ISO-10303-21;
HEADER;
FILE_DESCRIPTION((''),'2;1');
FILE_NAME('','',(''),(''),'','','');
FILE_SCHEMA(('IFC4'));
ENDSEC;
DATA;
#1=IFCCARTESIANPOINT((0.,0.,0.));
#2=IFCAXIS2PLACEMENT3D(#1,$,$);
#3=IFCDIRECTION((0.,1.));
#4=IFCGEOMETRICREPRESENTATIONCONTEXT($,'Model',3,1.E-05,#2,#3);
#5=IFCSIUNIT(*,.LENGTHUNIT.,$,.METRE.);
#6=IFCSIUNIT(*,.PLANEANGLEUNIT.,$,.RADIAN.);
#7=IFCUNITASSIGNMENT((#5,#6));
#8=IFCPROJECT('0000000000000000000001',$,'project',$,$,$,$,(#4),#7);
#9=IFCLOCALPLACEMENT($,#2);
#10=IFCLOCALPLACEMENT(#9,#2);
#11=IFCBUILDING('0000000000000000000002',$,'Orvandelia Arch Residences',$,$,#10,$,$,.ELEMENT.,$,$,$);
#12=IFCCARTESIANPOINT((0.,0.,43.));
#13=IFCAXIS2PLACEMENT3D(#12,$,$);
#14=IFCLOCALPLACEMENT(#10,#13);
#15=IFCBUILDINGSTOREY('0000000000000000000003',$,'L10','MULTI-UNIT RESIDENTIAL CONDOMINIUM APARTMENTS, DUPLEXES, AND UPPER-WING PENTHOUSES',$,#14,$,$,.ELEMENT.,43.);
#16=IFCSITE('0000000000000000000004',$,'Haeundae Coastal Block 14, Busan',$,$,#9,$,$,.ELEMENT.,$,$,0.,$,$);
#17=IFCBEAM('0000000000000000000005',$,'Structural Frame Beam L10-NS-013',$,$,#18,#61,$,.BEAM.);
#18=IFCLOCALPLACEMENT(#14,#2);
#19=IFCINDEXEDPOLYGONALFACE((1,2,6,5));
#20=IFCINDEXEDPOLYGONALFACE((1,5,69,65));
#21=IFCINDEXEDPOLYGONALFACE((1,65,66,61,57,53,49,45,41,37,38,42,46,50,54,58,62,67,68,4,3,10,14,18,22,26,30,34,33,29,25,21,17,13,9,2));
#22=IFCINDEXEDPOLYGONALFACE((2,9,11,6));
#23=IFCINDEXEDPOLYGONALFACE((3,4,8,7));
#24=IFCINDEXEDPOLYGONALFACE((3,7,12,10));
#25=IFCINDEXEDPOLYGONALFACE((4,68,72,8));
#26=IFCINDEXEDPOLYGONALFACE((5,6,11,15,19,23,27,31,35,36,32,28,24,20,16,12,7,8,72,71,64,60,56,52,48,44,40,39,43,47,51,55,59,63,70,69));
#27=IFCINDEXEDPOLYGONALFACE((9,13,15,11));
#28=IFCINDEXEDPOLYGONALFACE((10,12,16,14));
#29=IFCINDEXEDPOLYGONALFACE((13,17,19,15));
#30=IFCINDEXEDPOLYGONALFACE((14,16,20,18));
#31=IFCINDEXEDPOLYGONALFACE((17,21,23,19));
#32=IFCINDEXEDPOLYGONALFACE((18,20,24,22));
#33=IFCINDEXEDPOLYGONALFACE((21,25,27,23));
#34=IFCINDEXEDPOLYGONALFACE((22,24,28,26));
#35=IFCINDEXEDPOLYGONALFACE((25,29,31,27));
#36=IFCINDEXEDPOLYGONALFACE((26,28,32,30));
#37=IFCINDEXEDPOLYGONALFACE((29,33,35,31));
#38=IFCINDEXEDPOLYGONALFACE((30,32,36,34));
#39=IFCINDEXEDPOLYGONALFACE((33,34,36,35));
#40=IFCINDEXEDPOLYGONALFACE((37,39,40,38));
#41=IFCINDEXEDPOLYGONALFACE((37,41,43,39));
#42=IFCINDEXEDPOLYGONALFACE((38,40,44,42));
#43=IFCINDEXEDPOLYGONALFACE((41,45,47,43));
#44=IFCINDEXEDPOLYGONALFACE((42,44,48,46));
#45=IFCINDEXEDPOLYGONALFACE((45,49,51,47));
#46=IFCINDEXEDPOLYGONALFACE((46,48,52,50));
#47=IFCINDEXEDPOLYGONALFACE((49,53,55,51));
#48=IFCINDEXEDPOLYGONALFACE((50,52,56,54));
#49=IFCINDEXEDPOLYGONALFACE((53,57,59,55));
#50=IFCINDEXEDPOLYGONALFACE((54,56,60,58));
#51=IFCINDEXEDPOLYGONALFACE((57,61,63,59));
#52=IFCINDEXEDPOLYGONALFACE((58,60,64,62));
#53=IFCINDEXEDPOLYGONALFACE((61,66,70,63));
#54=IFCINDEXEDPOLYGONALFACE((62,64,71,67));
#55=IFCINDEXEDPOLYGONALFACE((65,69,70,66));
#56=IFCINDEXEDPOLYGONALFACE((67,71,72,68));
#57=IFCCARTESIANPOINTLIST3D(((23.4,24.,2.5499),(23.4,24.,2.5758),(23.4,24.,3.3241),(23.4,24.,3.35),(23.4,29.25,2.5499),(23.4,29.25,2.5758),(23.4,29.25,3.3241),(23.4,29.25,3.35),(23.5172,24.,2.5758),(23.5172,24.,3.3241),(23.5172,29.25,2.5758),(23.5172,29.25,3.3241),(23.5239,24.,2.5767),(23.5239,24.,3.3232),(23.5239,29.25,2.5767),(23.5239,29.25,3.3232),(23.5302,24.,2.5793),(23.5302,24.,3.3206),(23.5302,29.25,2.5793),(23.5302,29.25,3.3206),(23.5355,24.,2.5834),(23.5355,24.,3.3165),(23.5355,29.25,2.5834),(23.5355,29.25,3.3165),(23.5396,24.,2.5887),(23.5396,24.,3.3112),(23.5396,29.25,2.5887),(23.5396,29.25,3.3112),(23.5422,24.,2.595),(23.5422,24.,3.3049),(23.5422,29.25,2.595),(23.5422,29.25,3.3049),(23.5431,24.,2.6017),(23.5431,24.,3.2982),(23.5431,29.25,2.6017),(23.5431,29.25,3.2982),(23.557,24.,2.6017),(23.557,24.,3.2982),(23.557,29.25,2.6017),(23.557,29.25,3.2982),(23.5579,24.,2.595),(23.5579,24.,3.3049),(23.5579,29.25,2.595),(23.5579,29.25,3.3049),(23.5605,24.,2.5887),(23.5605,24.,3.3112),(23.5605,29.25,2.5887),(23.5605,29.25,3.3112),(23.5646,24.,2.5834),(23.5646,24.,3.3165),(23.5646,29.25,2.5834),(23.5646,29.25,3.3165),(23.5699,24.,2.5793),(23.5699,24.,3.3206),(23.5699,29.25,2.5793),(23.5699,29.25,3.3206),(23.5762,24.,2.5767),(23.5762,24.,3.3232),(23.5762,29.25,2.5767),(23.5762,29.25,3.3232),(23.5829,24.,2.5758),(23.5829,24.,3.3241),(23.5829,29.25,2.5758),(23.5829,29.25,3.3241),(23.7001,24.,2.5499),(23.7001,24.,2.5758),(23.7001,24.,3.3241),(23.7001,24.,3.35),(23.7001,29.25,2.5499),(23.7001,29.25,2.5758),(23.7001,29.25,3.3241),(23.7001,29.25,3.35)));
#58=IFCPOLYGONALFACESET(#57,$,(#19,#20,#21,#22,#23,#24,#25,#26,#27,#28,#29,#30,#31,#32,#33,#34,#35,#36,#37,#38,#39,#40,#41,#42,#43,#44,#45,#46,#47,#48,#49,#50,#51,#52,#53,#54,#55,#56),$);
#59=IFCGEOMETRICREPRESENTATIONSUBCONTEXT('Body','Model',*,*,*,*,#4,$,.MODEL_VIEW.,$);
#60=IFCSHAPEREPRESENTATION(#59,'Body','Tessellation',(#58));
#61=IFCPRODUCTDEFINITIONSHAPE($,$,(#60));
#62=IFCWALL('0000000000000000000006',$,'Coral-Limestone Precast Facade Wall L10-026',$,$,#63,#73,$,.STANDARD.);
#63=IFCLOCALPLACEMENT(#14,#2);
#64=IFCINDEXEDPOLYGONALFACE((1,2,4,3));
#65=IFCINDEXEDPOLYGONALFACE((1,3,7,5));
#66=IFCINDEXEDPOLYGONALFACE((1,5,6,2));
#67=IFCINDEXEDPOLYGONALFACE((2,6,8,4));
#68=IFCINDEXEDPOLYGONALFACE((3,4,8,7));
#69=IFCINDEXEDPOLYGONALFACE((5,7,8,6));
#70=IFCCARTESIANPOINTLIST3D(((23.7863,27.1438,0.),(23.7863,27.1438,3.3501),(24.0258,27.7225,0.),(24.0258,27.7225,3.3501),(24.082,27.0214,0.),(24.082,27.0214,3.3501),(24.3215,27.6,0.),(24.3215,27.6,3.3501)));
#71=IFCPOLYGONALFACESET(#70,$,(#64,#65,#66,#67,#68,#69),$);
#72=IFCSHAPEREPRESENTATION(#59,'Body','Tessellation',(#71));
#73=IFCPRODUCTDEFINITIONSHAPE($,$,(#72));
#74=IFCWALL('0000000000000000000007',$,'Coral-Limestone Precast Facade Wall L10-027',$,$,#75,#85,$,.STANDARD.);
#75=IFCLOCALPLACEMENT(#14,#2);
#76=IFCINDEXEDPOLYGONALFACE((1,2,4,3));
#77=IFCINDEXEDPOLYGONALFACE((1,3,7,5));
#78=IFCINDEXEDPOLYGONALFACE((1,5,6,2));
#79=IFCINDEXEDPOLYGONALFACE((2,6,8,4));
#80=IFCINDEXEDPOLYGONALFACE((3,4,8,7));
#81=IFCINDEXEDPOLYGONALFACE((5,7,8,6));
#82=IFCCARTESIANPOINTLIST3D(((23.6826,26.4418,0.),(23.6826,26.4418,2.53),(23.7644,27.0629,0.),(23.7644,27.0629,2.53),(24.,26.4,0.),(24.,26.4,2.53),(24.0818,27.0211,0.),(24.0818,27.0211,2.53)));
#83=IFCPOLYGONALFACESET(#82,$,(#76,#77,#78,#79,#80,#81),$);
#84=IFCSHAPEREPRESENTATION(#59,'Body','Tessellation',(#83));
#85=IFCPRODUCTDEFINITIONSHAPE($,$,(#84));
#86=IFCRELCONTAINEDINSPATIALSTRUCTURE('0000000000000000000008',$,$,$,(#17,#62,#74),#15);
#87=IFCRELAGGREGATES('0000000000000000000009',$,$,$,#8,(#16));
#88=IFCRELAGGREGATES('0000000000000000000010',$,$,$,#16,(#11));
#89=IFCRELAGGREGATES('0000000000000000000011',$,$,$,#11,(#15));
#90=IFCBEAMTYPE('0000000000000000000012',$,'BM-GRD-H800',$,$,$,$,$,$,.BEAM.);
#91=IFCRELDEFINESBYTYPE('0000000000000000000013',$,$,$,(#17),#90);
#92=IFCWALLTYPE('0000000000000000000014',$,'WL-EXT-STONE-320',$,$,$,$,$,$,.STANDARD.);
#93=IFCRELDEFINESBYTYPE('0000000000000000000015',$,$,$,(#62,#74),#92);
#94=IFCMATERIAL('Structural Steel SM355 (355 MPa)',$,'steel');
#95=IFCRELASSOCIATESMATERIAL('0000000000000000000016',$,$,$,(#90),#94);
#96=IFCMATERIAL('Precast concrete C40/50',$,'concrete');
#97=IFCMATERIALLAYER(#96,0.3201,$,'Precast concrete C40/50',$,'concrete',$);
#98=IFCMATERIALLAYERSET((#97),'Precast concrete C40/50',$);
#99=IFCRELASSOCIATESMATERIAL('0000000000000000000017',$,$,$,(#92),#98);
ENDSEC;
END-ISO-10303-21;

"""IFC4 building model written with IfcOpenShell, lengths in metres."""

from ifc_helpers import new_model, si_unit, direction, frame, frame_2d, origin, origin_2d, place, context, subcontext, project, spatial, rectangle, i_section, extrude, material, layer, layer_set, material_profile, profile_set, type_object, element, save


model = new_model("IFC4")

# Units and contexts
model_context = context("Model", 3, precision=1e-05, world=origin(), true_north=direction((0.0, 1.0)))
body_context = subcontext(model_context, "Body", "Model", "MODEL_VIEW")
ifc_project = project(units=[si_unit("LENGTHUNIT", "METRE"), si_unit("PLANEANGLEUNIT", "RADIAN")], contexts=[model_context])

# Site, building, storey
site_placement = place(None, origin())
site = spatial("IfcSite", under=ifc_project, at=site_placement, Name="Haeundae Coastal Block 14, Busan", CompositionType="ELEMENT", RefElevation=0.0)
building_placement = place(site_placement, origin())
building = spatial("IfcBuilding", under=site, at=building_placement, Name="Orvandelia Arch Residences", CompositionType="ELEMENT")
storey_placement = place(building_placement, frame((0.0, 0.0, 43.0)))
storey = spatial("IfcBuildingStorey", under=building, at=storey_placement, Name="L10", Description="MULTI-UNIT RESIDENTIAL CONDOMINIUM APARTMENTS, DUPLEXES, AND UPPER-WING PENTHOUSES", CompositionType="ELEMENT", Elevation=43.0)

# Beam
ifc_material_1 = material(Name="Structural Steel SM355 (355 MPa)", Category="steel")
ifc_material_profile_1 = material_profile(ifc_material_1, i_section(OverallWidth=0.3, OverallDepth=0.8, WebThickness=0.0139, FlangeThickness=0.0259, FilletRadius=0.0259, at=origin_2d()), Name="Structural Steel SM355 (355 MPa)", Category="steel")
ifc_profile_set_1 = profile_set([ifc_material_profile_1], Name="Structural Steel SM355 (355 MPa)")
beam_type = type_object("IfcBeamType", Name="BM-GRD-H800", PredefinedType="BEAM", material=ifc_profile_set_1)
beam_1_placement = place(storey_placement, frame((23.55, 24.0, 2.95), z_axis=(0.0, 1.0, 0.0), x_axis=(-1.0, 0.0, 0.0)))
element("IfcBeam", 1, at=beam_1_placement, inside=storey, type_object=beam_type, Name="Structural Frame Beam L10-NS-013", PredefinedType="BEAM", context=body_context, shape_type="SweptSolid", body=[
    extrude(i_section(OverallWidth=0.3, OverallDepth=0.8, WebThickness=0.0139, FlangeThickness=0.0259, FilletRadius=0.0259, at=origin_2d()), origin(), (0.0, 0.0, 1.0), 5.25),
])

# Walls
ifc_material_2 = material(Name="Precast concrete C40/50", Category="concrete")
ifc_layer_1 = layer(ifc_material_2, 0.3201, Name="Precast concrete C40/50", Category="concrete")
ifc_layer_set_1 = layer_set([ifc_layer_1], Name="Precast concrete C40/50")
wall_type_1 = type_object("IfcWallType", Name="WL-EXT-STONE-320", PredefinedType="STANDARD", material=ifc_layer_set_1)
wall_1_placement = place(storey_placement, frame((24.1736, 27.6611, 0.0), z_axis=(0.0, 0.0, 1.0), x_axis=(-0.382455, -0.923974, 0.0)))
element("IfcWall", 2, at=wall_1_placement, inside=storey, type_object=wall_type_1, Name="Coral-Limestone Precast Facade Wall L10-026", PredefinedType="STANDARD", context=body_context, shape_type="SweptSolid", body=[
    extrude(rectangle(XDim=0.6262, YDim=0.3201, at=frame_2d((0.313, 0.0))), origin(), (0.0, 0.0, 1.0), 3.3501),
])
wall_2_placement = place(storey_placement, frame((23.9231, 27.042, 0.0), z_axis=(0.0, 0.0, 1.0), x_axis=(-0.130555, -0.991441, 0.0)))
element("IfcWall", 3, at=wall_2_placement, inside=storey, type_object=wall_type_1, Name="Coral-Limestone Precast Facade Wall L10-027", PredefinedType="STANDARD", context=body_context, shape_type="SweptSolid", body=[
    extrude(rectangle(XDim=0.6265, YDim=0.3201, at=frame_2d((0.3132, 0.0))), origin(), (0.0, 0.0, 1.0), 2.53),
])

save(model, "model.ifc")
